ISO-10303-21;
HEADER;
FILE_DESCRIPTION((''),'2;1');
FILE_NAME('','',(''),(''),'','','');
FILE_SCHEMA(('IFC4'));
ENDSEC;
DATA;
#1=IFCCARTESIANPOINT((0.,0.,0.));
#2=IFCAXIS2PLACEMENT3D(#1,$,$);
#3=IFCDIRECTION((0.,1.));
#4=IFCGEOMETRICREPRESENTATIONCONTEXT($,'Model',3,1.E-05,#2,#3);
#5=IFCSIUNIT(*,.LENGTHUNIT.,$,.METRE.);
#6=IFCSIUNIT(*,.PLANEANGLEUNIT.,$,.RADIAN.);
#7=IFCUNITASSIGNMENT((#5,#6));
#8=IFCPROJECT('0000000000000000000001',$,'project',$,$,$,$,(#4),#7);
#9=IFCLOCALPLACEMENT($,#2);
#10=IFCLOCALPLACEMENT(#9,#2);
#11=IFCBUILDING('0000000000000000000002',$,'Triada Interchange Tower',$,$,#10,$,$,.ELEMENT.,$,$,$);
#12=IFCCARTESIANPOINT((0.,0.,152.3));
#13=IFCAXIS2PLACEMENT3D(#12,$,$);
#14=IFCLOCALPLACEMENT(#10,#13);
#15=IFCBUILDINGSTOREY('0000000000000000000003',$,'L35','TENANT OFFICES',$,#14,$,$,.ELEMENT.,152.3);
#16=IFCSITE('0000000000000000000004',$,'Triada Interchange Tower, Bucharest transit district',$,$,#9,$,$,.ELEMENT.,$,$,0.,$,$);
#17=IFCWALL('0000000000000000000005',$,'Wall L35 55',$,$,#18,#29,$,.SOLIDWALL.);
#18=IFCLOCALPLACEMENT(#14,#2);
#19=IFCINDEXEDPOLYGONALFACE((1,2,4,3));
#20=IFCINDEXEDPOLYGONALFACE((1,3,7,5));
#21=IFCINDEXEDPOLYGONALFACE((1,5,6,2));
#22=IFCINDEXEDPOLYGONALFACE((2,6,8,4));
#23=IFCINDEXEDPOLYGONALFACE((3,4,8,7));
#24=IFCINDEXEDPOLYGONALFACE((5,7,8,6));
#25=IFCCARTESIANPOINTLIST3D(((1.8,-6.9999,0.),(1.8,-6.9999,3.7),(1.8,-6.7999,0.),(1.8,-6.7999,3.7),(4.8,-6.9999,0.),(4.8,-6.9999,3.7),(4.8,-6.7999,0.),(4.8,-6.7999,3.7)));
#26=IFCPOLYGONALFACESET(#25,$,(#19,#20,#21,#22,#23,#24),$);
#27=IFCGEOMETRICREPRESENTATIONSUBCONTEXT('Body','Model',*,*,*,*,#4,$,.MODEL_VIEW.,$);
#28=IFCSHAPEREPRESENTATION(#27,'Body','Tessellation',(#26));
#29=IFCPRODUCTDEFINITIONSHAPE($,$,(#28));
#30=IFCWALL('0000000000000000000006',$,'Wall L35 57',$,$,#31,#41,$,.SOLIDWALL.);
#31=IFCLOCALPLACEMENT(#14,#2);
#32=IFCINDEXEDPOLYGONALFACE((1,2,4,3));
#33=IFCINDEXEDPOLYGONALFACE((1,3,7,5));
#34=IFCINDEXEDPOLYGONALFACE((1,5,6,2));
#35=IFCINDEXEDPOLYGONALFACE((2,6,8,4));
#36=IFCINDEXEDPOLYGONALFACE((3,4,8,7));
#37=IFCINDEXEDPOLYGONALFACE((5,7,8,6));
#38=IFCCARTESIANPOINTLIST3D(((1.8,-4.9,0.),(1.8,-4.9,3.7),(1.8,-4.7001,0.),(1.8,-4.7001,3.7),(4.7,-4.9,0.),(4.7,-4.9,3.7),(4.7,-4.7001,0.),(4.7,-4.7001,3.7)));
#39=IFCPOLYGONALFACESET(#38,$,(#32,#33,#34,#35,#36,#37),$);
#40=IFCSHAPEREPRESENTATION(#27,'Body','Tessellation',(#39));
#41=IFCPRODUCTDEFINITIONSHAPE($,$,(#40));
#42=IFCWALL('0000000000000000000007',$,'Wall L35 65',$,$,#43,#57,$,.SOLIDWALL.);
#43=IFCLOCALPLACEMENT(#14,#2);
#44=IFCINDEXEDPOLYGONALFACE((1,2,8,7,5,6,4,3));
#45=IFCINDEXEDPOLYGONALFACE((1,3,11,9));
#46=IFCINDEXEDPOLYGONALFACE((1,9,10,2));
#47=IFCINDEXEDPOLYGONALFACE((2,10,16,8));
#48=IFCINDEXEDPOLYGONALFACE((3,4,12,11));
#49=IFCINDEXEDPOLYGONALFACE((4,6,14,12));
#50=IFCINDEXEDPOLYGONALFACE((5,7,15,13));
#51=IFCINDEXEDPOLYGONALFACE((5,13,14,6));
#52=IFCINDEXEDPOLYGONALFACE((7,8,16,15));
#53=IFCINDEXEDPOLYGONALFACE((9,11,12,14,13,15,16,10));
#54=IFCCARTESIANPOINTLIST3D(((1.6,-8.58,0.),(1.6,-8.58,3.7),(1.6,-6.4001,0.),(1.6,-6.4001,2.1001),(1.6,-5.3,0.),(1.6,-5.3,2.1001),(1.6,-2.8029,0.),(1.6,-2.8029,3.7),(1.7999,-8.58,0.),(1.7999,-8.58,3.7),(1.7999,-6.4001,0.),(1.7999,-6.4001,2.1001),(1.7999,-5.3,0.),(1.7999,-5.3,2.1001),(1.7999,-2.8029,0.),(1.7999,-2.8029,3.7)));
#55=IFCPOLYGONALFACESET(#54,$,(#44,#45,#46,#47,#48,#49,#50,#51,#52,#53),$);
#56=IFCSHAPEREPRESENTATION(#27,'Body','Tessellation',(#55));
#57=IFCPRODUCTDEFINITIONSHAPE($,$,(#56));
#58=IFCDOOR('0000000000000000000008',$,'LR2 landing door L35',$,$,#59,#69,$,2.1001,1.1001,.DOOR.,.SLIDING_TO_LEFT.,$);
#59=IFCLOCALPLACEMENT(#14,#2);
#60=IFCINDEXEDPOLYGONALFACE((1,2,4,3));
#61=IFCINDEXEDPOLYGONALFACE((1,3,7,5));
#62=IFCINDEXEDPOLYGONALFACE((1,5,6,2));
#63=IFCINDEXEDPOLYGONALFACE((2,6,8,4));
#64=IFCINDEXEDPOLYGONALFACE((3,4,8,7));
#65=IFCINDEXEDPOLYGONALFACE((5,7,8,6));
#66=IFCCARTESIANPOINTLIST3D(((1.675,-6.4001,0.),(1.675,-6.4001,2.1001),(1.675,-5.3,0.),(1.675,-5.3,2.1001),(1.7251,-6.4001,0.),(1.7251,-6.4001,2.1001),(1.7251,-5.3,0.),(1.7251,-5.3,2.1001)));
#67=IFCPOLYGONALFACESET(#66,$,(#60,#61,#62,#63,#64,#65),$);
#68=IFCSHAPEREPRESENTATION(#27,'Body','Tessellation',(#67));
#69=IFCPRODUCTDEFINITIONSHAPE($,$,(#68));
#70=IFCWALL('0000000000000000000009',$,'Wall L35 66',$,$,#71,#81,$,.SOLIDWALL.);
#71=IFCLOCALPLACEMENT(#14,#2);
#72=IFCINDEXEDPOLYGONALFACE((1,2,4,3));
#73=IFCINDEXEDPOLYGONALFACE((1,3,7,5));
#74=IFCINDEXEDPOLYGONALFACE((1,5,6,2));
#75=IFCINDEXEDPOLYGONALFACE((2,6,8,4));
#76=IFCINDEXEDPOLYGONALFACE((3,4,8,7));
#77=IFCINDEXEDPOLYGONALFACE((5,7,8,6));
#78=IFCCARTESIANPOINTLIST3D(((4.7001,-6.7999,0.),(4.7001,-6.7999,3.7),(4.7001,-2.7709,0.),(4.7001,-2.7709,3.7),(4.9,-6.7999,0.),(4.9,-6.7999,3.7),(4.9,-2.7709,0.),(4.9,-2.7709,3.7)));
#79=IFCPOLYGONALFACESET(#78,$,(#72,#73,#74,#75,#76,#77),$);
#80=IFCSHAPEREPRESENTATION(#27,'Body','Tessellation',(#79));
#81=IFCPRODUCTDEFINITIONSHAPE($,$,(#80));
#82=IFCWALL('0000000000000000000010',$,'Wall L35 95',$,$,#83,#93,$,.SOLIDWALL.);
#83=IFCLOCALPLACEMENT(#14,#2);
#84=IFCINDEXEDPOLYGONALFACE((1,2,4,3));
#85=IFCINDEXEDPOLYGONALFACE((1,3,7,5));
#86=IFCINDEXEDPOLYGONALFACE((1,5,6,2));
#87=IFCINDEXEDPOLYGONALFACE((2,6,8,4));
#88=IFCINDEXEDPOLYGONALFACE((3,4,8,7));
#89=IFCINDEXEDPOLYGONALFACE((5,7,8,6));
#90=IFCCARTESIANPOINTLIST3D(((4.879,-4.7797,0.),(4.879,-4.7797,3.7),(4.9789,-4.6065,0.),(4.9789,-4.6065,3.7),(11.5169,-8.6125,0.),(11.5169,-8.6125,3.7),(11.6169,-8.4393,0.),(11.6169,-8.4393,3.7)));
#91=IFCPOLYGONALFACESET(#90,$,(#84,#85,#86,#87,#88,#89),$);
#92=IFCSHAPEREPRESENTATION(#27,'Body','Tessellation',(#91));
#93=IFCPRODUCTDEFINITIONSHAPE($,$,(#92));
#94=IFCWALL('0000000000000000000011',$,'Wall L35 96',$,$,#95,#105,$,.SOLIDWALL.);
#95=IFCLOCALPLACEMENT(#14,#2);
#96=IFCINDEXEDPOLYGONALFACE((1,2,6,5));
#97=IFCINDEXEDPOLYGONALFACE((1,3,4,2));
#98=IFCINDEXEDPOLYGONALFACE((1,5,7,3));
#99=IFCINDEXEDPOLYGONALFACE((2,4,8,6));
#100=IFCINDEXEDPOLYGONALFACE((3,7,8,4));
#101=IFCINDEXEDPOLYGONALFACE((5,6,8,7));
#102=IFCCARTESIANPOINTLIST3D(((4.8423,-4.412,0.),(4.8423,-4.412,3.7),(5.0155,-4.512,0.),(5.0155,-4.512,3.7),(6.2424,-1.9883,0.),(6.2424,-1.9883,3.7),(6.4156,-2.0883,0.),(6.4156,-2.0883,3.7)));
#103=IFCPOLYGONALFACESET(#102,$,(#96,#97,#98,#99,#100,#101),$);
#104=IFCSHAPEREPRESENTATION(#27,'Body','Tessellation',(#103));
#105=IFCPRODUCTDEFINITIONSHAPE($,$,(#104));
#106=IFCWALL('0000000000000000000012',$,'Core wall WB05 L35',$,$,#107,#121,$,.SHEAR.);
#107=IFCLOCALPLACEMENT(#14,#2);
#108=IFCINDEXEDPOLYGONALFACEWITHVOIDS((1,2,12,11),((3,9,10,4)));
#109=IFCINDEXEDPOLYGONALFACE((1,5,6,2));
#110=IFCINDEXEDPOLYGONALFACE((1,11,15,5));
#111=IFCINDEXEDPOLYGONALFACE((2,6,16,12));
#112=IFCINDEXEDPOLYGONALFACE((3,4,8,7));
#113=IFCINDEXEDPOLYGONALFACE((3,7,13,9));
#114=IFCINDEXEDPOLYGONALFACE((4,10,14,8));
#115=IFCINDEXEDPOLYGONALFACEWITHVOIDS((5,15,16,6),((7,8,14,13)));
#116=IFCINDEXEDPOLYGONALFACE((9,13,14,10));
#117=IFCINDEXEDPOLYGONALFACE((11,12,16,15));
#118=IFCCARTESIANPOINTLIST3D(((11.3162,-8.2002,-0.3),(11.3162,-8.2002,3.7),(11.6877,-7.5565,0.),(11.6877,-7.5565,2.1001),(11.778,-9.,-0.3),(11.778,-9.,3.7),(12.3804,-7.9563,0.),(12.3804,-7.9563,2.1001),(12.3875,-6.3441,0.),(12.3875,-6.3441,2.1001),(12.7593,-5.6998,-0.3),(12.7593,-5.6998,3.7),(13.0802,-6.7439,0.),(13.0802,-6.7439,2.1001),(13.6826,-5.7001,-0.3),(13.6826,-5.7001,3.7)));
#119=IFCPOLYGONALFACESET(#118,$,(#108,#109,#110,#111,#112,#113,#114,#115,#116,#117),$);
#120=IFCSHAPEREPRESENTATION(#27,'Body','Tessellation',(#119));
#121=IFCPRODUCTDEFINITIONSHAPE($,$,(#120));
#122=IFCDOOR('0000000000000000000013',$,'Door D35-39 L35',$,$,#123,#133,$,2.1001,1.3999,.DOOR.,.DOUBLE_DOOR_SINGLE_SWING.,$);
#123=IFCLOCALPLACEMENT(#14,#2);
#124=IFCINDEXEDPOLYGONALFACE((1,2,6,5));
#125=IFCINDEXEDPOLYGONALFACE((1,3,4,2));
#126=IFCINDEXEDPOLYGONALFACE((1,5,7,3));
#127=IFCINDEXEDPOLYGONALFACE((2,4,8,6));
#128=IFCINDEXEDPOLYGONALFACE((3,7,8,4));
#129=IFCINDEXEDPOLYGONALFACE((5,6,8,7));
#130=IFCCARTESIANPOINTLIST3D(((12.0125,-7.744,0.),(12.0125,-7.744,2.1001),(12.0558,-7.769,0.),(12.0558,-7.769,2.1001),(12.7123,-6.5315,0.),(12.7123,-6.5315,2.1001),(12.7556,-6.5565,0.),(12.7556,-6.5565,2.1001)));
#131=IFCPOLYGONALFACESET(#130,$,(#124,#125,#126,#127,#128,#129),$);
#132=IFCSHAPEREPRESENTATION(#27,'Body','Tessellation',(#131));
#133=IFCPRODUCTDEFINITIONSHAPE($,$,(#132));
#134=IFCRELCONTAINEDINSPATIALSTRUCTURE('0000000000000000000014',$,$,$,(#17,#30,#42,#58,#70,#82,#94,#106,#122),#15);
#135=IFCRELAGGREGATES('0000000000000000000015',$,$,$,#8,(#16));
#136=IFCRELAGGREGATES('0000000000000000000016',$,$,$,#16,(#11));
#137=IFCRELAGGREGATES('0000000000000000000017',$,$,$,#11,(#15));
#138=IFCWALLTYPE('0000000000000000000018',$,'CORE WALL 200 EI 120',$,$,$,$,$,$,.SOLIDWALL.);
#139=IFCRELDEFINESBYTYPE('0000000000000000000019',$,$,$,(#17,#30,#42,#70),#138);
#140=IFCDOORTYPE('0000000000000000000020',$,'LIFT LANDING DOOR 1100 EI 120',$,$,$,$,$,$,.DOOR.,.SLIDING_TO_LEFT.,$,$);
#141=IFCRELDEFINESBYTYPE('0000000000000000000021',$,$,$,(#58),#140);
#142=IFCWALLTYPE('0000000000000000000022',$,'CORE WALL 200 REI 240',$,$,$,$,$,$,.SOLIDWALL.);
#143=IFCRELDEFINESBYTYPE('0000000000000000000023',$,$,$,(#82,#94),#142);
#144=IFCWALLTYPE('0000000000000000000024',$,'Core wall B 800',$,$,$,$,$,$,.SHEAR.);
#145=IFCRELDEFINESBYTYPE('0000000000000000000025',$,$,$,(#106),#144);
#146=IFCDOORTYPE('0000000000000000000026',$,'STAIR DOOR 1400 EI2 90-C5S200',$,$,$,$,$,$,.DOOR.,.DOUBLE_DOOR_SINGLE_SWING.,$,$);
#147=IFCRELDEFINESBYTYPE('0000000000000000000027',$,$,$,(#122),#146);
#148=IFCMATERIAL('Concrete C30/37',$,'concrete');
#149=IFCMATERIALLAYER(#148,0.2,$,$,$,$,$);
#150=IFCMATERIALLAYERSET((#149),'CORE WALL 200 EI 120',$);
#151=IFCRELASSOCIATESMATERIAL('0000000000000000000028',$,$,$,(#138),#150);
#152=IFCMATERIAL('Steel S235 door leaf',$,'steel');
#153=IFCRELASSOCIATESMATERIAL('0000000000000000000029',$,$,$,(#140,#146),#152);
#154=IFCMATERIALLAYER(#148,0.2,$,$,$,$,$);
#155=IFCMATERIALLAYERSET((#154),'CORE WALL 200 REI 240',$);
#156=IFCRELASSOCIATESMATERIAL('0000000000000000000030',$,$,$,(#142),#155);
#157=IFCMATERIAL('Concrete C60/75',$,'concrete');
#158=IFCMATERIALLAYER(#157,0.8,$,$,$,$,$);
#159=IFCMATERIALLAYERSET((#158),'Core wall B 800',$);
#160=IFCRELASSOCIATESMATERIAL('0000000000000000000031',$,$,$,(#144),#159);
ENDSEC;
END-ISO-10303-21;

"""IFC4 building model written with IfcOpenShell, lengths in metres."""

from ifc_helpers import new_model, si_unit, direction, frame, frame_2d, origin, place, context, subcontext, project, spatial, polyline, rectangle, outline, extrude, material, layer, layer_set, type_object, element, fill, save


model = new_model("IFC4")

# Units and contexts
model_context = context("Model", 3, precision=1e-05, world=origin(), true_north=direction((0.0, 1.0)))
body_context = subcontext(model_context, "Body", "Model", "MODEL_VIEW")
ifc_project = project(units=[si_unit("LENGTHUNIT", "METRE"), si_unit("PLANEANGLEUNIT", "RADIAN")], contexts=[model_context])

# Site, building, storey
site_placement = place(None, origin())
site = spatial("IfcSite", under=ifc_project, at=site_placement, Name="Triada Interchange Tower, Bucharest transit district", CompositionType="ELEMENT", RefElevation=0.0)
building_placement = place(site_placement, origin())
building = spatial("IfcBuilding", under=site, at=building_placement, Name="Triada Interchange Tower", CompositionType="ELEMENT")
storey_placement = place(building_placement, frame((0.0, 0.0, 152.3)))
storey = spatial("IfcBuildingStorey", under=building, at=storey_placement, Name="L35", Description="TENANT OFFICES", CompositionType="ELEMENT", Elevation=152.3)

# Walls
ifc_material_1 = material(Name="Concrete C30/37", Category="concrete")
ifc_layer_1 = layer(ifc_material_1, 0.2)
ifc_layer_set_1 = layer_set([ifc_layer_1], Name="CORE WALL 200 EI 120")
wall_type_1 = type_object("IfcWallType", Name="CORE WALL 200 EI 120", PredefinedType="SOLIDWALL", material=ifc_layer_set_1)
wall_1_placement = place(storey_placement, frame((1.8, -6.8999, 0.0), z_axis=(0.0, 0.0, 1.0), x_axis=(1.0, 0.0, 0.0)))
element("IfcWall", 1, at=wall_1_placement, inside=storey, type_object=wall_type_1, Name="Wall L35 55", PredefinedType="SOLIDWALL", context=body_context, shape_type="SweptSolid", body=[
    extrude(rectangle(XDim=3.0, YDim=0.2, at=frame_2d((1.5, 0.0))), origin(), (0.0, 0.0, 1.0), 3.7),
])
wall_2_placement = place(storey_placement, frame((1.8, -4.8, 0.0), z_axis=(0.0, 0.0, 1.0), x_axis=(1.0, 0.0, 0.0)))
element("IfcWall", 2, at=wall_2_placement, inside=storey, type_object=wall_type_1, Name="Wall L35 57", PredefinedType="SOLIDWALL", context=body_context, shape_type="SweptSolid", body=[
    extrude(rectangle(XDim=2.8999, YDim=0.2, at=frame_2d((1.45, 0.0))), origin(), (0.0, 0.0, 1.0), 3.7),
])

# Wall, opening, door
wall_3_placement = place(storey_placement, frame((1.7, -8.5801, 0.0), z_axis=(0.0, 0.0, 1.0), x_axis=(0.0, 1.0, 0.0)))
wall_3 = element("IfcWall", 3, at=wall_3_placement, inside=storey, type_object=wall_type_1, Name="Wall L35 65", PredefinedType="SOLIDWALL", context=body_context, shape_type="SweptSolid", body=[
    extrude(rectangle(XDim=5.7771, YDim=0.2, at=frame_2d((2.8887, 0.0))), origin(), (0.0, 0.0, 1.0), 3.7),
])
opening_1_placement = place(wall_3_placement, frame((2.1799, 0.0, 0.0)))
opening_1 = element("IfcOpeningElement", 4, at=opening_1_placement, cuts=wall_3, PredefinedType="OPENING", context=body_context, shape_type="SweptSolid", body=[
    extrude(rectangle(XDim=1.1001, YDim=2.1001, at=frame_2d((0.55, 1.05))), frame((0.0, 0.1099, 0.0), z_axis=(0.0, -1.0, 0.0), x_axis=(1.0, 0.0, 0.0)), (0.0, 0.0, 1.0), 0.22),
])
ifc_material_2 = material(Name="Steel S235 door leaf", Category="steel")
door_type_1 = type_object("IfcDoorType", Name="LIFT LANDING DOOR 1100 EI 120", OperationType="SLIDING_TO_LEFT", PredefinedType="DOOR", material=ifc_material_2)
door_1_placement = place(opening_1_placement, origin())
door_1 = element("IfcDoor", 5, at=door_1_placement, inside=storey, type_object=door_type_1, Name="LR2 landing door L35", OperationType="SLIDING_TO_LEFT", OverallHeight=2.1001, OverallWidth=1.1001, PredefinedType="DOOR", context=body_context, shape_type="SweptSolid", body=[
    extrude(rectangle(XDim=1.1001, YDim=2.1001, at=frame_2d((0.55, 1.05))), frame((0.0, 0.0249, 0.0), z_axis=(0.0, -1.0, 0.0), x_axis=(1.0, 0.0, 0.0)), (0.0, 0.0, 1.0), 0.05),
])
fill(opening_1, door_1)

# Walls
wall_4_placement = place(storey_placement, frame((4.8, -6.8, 0.0), z_axis=(0.0, 0.0, 1.0), x_axis=(0.0, 1.0, 0.0)))
element("IfcWall", 6, at=wall_4_placement, inside=storey, type_object=wall_type_1, Name="Wall L35 66", PredefinedType="SOLIDWALL", context=body_context, shape_type="SweptSolid", body=[
    extrude(rectangle(XDim=4.0291, YDim=0.2, at=frame_2d((2.0146, 0.0))), origin(), (0.0, 0.0, 1.0), 3.7),
])
ifc_layer_2 = layer(ifc_material_1, 0.2)
ifc_layer_set_2 = layer_set([ifc_layer_2], Name="CORE WALL 200 REI 240")
wall_type_2 = type_object("IfcWallType", Name="CORE WALL 200 REI 240", PredefinedType="SOLIDWALL", material=ifc_layer_set_2)
wall_5_placement = place(storey_placement, frame((4.929, -4.6931, 0.0), z_axis=(0.0, 0.0, 1.0), x_axis=(0.866006, -0.500034, 0.0)))
element("IfcWall", 7, at=wall_5_placement, inside=storey, type_object=wall_type_2, Name="Wall L35 95", PredefinedType="SOLIDWALL", context=body_context, shape_type="SweptSolid", body=[
    extrude(rectangle(XDim=7.665, YDim=0.2, at=frame_2d((3.8325, 0.0))), origin(), (0.0, 0.0, 1.0), 3.7),
])
wall_6_placement = place(storey_placement, frame((4.929, -4.4619, 0.0), z_axis=(0.0, 0.0, 1.0), x_axis=(0.500201, 0.86591, 0.0)))
element("IfcWall", 8, at=wall_6_placement, inside=storey, type_object=wall_type_2, Name="Wall L35 96", PredefinedType="SOLIDWALL", context=body_context, shape_type="SweptSolid", body=[
    extrude(rectangle(XDim=2.7991, YDim=0.2, at=frame_2d((1.3994, 0.0))), origin(), (0.0, 0.0, 1.0), 3.7),
])

# Wall, opening, door
ifc_material_3 = material(Name="Concrete C60/75", Category="concrete")
ifc_layer_3 = layer(ifc_material_3, 0.8)
ifc_layer_set_3 = layer_set([ifc_layer_3], Name="Core wall B 800")
wall_type_3 = type_object("IfcWallType", Name="Core wall B 800", PredefinedType="SHEAR", material=ifc_layer_set_3)
wall_7_placement = place(storey_placement, frame((11.5471, -8.6001, -0.3), z_axis=(0.0, 0.0, 1.0), x_axis=(0.499872, 0.866099, 0.0)))
wall_7 = element("IfcWall", 9, at=wall_7_placement, inside=storey, type_object=wall_type_3, Name="Core wall WB05 L35", PredefinedType="SHEAR", context=body_context, shape_type="SweptSolid", body=[
    extrude(outline(polyline([(-0.231, -0.3999), (1.6741, -0.3999), (3.5791, -0.3999), (3.1179, 0.3999), (1.6743, 0.3999), (0.231, 0.3999), (-0.231, -0.3999)])), origin(), (0.0, 0.0, 1.0), 4.0),
])
opening_2_placement = place(wall_7_placement, frame((0.9741, 0.0, 0.3)))
opening_2 = element("IfcOpeningElement", 10, at=opening_2_placement, cuts=wall_7, PredefinedType="OPENING", context=body_context, shape_type="SweptSolid", body=[
    extrude(rectangle(XDim=1.3999, YDim=2.1001, at=frame_2d((0.7, 1.05))), frame((0.0, 0.4099, 0.0), z_axis=(0.0, -1.0, 0.0), x_axis=(1.0, 0.0, 0.0)), (0.0, 0.0, 1.0), 0.8201),
])
door_type_2 = type_object("IfcDoorType", Name="STAIR DOOR 1400 EI2 90-C5S200", OperationType="DOUBLE_DOOR_SINGLE_SWING", PredefinedType="DOOR", material=ifc_material_2)
door_2_placement = place(opening_2_placement, origin())
door_2 = element("IfcDoor", 11, at=door_2_placement, inside=storey, type_object=door_type_2, Name="Door D35-39 L35", OperationType="DOUBLE_DOOR_SINGLE_SWING", OverallHeight=2.1001, OverallWidth=1.3999, PredefinedType="DOOR", context=body_context, shape_type="SweptSolid", body=[
    extrude(rectangle(XDim=1.3999, YDim=2.1001, at=frame_2d((0.7, 1.05))), frame((0.0, 0.0249, 0.0), z_axis=(0.0, -1.0, 0.0), x_axis=(1.0, 0.0, 0.0)), (0.0, 0.0, 1.0), 0.05),
])
fill(opening_2, door_2)

save(model, "model.ifc")
